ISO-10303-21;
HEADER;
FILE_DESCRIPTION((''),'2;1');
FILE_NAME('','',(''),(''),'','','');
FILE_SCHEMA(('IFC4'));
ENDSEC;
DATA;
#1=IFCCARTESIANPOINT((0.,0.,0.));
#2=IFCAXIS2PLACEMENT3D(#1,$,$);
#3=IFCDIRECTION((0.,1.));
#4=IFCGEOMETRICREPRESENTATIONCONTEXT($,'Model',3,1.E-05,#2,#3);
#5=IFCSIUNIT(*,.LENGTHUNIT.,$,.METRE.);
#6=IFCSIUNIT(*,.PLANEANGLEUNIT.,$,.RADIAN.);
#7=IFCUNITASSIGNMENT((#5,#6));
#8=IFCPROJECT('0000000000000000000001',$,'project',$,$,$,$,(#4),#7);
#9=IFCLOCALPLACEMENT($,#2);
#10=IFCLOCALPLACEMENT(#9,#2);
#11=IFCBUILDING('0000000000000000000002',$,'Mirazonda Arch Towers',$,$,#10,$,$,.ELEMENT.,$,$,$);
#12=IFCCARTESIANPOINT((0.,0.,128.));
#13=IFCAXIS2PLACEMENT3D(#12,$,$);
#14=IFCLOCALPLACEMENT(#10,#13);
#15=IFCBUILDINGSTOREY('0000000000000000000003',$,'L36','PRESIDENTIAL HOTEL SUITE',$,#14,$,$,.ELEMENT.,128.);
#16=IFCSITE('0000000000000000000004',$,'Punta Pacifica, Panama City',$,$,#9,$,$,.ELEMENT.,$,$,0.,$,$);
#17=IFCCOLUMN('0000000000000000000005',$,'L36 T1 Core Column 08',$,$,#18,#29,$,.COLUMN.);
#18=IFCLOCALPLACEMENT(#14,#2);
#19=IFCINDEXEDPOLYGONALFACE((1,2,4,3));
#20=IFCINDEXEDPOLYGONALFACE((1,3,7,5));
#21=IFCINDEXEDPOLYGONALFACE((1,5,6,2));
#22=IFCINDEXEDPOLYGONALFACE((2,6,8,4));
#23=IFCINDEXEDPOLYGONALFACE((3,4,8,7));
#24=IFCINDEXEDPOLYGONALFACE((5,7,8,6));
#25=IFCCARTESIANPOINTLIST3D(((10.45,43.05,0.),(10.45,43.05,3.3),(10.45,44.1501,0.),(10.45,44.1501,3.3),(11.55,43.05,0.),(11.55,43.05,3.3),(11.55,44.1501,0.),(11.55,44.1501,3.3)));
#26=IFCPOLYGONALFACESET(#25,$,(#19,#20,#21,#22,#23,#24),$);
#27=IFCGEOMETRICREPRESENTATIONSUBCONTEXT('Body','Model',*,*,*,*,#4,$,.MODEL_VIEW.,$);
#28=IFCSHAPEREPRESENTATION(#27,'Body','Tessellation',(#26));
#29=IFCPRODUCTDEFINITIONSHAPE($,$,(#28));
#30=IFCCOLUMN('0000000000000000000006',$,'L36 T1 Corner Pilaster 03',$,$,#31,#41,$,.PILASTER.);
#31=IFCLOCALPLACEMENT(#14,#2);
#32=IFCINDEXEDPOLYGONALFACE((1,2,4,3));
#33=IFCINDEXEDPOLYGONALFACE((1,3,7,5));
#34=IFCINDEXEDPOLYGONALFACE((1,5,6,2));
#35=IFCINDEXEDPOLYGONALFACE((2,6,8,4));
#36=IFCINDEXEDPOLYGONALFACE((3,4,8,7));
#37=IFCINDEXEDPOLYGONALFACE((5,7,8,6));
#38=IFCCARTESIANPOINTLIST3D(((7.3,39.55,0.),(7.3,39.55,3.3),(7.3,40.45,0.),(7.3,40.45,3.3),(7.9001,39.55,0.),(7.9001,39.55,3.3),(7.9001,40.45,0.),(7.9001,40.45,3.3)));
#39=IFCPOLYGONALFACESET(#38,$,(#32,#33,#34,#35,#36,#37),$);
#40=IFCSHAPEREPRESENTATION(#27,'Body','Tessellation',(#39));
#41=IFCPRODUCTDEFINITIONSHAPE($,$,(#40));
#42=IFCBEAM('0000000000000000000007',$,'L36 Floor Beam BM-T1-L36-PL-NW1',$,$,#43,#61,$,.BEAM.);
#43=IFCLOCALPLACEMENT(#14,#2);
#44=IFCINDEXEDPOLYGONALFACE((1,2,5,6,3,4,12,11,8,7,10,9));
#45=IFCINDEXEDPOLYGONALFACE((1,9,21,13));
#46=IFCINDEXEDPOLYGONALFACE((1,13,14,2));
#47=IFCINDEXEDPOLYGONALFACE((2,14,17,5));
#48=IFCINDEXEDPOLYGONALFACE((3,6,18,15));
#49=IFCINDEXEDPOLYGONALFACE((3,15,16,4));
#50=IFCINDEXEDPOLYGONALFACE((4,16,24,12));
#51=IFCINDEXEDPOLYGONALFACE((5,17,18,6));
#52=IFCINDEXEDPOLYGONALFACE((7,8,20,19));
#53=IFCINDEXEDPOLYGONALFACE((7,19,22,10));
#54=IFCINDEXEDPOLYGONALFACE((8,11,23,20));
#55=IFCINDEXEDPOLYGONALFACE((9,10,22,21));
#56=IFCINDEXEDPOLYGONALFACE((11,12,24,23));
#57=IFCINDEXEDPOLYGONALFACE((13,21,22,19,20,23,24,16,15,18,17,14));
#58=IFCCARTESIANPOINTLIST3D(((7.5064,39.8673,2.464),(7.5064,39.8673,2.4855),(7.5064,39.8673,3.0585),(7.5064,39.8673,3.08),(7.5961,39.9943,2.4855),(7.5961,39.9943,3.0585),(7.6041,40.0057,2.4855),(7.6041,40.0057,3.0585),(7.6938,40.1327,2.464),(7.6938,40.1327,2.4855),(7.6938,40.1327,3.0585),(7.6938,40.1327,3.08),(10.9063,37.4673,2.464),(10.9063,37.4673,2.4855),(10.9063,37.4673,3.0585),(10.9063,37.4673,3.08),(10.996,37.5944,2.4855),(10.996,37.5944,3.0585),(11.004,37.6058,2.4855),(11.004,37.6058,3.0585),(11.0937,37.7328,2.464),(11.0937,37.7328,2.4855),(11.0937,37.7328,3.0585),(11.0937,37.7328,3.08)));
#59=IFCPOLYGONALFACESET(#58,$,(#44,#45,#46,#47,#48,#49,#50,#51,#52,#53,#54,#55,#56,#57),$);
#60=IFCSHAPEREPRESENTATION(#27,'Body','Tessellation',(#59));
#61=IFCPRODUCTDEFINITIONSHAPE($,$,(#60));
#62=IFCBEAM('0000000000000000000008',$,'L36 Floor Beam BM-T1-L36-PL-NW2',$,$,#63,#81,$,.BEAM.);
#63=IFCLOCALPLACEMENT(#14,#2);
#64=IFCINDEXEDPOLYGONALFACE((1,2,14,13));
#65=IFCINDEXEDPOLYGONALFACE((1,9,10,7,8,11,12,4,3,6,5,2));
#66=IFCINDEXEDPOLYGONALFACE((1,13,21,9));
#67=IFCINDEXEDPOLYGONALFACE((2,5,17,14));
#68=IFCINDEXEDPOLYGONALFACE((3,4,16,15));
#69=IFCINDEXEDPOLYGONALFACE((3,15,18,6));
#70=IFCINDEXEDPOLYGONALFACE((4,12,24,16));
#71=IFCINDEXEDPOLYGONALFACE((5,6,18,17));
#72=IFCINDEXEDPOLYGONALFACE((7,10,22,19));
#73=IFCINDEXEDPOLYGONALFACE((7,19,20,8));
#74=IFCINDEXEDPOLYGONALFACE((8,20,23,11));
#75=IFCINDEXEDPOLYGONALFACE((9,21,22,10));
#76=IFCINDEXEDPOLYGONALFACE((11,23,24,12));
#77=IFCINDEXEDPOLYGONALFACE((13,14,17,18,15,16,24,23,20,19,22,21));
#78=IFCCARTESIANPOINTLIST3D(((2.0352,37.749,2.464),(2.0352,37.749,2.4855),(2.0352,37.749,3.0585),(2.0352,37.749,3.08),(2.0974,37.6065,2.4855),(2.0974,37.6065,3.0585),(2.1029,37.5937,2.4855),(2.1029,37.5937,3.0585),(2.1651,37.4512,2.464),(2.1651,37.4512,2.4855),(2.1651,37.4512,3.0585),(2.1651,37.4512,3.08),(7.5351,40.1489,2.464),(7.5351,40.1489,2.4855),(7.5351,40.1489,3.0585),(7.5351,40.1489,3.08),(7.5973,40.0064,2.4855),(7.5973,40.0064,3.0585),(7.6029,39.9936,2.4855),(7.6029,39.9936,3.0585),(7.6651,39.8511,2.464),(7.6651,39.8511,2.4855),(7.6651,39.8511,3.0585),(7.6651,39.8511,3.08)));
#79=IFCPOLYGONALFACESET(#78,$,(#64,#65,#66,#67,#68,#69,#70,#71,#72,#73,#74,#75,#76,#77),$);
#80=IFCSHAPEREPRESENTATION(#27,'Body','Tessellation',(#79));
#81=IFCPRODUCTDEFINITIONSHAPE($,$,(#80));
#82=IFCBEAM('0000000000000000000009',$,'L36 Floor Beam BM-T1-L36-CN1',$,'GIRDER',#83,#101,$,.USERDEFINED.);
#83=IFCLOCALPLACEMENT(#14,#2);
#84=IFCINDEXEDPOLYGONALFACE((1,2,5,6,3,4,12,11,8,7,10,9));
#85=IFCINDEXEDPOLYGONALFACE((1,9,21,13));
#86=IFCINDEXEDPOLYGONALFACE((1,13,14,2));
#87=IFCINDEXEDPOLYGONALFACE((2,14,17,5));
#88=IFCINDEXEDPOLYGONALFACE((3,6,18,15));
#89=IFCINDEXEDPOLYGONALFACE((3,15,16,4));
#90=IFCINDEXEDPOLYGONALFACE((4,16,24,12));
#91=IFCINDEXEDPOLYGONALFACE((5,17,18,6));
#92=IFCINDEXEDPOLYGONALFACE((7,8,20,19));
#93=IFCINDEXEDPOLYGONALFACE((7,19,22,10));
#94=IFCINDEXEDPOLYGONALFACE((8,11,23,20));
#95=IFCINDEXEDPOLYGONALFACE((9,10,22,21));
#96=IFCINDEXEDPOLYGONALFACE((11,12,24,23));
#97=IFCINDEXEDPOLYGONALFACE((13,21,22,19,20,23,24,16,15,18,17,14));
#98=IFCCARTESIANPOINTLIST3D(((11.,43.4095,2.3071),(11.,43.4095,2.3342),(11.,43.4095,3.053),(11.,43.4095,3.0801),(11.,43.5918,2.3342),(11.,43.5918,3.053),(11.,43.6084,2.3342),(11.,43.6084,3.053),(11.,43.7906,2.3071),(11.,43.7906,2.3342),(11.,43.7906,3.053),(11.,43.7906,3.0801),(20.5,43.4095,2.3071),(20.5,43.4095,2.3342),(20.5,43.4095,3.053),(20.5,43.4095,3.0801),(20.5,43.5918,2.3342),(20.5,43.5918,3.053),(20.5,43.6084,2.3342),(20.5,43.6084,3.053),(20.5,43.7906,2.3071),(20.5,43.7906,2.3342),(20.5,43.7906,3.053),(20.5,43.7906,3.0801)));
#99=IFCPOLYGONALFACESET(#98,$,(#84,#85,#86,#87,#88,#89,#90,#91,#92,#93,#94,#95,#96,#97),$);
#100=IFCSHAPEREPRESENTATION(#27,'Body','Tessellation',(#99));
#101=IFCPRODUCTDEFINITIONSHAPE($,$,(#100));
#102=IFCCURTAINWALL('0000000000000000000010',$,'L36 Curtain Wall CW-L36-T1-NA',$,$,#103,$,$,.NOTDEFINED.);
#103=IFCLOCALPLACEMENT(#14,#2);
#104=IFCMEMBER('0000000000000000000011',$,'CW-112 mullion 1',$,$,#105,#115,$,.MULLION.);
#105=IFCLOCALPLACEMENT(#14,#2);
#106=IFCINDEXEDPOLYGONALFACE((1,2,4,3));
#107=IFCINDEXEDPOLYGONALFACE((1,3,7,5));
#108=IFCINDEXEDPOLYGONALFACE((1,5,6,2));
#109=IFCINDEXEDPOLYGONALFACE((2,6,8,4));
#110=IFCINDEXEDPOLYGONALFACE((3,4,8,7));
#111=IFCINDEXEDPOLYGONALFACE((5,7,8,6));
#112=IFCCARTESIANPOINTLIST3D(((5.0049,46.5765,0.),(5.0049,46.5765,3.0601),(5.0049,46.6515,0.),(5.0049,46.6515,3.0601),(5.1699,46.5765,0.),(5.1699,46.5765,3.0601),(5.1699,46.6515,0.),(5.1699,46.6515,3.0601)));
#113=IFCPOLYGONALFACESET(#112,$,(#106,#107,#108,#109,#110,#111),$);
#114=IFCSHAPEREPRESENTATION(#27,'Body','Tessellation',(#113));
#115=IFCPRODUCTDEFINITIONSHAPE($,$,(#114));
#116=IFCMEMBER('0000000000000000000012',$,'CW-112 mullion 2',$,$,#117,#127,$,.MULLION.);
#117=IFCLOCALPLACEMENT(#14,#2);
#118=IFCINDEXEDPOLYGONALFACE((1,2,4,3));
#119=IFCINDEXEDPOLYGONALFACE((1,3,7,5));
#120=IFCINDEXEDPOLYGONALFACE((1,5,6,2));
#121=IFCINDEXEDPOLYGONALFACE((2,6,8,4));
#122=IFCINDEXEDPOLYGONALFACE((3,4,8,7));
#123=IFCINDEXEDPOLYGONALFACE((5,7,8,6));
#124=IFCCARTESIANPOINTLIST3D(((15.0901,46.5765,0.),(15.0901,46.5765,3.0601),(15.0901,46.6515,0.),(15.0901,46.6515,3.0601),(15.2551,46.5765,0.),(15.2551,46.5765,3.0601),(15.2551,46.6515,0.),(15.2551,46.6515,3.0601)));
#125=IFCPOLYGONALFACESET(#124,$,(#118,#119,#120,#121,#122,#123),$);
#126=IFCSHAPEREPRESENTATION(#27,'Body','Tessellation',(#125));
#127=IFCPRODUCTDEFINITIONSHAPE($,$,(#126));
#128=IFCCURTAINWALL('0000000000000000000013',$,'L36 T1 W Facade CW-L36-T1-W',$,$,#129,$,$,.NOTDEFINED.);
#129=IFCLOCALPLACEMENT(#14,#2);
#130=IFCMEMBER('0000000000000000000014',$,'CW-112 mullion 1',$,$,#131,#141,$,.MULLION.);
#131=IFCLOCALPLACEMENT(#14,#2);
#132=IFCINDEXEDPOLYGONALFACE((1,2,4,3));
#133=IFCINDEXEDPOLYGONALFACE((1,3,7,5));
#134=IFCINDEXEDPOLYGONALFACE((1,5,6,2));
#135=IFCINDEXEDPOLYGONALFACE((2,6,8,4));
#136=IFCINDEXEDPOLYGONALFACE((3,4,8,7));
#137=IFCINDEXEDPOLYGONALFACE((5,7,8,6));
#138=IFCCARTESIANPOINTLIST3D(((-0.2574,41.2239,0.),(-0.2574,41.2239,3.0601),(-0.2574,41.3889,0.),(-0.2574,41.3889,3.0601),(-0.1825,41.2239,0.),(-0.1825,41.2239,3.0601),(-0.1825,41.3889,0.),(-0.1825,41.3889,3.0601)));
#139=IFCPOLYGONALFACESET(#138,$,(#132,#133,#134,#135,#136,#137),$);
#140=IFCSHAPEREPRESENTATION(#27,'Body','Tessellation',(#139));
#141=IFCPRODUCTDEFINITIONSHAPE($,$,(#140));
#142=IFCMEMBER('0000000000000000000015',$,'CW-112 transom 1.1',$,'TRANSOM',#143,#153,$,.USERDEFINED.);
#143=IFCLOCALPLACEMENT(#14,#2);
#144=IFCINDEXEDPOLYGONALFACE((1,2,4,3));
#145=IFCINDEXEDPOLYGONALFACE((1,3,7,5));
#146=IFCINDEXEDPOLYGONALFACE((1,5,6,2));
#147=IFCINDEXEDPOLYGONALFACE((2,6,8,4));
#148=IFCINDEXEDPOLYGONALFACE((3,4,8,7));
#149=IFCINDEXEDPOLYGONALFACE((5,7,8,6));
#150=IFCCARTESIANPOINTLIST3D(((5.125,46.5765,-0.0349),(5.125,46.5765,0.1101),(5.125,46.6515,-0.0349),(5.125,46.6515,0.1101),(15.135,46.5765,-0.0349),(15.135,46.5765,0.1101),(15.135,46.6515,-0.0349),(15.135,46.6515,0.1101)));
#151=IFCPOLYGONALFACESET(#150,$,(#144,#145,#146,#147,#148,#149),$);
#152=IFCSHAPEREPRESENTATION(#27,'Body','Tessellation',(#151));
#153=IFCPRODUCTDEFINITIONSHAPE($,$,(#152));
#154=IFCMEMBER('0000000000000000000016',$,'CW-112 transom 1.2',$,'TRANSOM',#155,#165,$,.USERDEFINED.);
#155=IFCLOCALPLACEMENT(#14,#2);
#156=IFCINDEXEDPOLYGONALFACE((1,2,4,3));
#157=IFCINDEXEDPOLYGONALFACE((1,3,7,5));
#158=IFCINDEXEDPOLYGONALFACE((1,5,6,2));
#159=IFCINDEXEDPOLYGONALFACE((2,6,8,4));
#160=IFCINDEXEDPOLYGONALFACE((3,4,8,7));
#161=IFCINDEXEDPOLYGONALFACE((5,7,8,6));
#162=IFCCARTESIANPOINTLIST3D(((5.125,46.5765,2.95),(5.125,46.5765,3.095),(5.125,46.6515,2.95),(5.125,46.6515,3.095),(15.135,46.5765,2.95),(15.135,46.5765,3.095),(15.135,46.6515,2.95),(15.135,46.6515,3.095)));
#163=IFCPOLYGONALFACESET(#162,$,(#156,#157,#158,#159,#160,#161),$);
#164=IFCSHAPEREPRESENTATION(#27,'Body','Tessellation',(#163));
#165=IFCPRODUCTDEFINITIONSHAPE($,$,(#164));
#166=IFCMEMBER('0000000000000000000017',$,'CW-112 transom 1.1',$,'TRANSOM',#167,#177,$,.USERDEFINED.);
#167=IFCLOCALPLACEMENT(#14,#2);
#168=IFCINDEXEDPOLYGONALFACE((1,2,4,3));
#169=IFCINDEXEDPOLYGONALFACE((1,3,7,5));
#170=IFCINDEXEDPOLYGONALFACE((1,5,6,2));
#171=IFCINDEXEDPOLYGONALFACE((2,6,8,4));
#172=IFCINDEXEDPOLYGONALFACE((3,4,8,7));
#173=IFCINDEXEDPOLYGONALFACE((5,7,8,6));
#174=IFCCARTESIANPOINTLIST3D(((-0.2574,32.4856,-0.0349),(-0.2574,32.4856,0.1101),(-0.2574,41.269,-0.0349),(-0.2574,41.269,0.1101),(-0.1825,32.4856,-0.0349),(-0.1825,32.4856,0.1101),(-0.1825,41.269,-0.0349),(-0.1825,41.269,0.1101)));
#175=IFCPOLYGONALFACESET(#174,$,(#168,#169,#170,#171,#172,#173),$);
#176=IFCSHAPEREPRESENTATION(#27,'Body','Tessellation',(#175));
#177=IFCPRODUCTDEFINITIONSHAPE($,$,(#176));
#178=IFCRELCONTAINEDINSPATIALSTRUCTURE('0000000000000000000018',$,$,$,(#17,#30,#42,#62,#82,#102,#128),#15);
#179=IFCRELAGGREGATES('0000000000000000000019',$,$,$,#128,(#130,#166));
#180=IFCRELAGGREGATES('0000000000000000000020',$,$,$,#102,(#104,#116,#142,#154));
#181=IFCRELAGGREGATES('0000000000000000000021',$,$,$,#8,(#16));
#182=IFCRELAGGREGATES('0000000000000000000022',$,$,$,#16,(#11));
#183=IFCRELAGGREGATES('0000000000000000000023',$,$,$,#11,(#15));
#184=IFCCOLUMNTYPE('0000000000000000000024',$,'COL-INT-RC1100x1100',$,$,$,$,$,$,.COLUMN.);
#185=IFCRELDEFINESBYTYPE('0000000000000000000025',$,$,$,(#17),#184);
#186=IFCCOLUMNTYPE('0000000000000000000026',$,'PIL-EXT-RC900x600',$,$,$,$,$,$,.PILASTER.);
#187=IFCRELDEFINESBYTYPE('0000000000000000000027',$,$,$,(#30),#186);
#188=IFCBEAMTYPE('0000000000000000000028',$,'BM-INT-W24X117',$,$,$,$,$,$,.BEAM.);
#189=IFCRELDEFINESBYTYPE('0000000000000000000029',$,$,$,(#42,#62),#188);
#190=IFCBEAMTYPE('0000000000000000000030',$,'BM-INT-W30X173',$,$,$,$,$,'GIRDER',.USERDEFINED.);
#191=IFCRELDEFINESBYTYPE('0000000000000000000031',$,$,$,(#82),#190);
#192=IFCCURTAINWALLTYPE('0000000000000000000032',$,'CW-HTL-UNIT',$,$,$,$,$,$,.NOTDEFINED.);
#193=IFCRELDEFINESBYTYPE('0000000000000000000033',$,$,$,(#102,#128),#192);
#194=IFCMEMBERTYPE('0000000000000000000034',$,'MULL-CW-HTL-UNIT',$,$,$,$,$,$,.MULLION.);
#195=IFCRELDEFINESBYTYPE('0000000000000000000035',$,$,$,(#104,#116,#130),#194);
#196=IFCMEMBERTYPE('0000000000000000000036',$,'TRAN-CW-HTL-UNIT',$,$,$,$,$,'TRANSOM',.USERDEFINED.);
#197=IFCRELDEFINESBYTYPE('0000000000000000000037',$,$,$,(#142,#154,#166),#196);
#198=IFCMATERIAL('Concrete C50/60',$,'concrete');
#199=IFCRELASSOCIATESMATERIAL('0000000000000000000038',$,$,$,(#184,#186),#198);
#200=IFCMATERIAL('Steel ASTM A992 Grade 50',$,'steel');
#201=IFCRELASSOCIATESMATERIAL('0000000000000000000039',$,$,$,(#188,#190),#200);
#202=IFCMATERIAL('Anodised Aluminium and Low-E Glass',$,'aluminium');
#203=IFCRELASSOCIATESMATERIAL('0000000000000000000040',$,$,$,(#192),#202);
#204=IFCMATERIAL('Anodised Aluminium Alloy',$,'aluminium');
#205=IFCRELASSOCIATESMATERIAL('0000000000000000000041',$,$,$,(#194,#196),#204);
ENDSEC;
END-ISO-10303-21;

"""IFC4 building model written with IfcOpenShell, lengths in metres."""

from ifc_helpers import new_model, si_unit, direction, frame, origin, origin_2d, place, context, subcontext, project, spatial, rectangle, i_section, extrude, material, material_profile, profile_set, type_object, element, aggregate, save


model = new_model("IFC4")

# Units and contexts
model_context = context("Model", 3, precision=1e-05, world=origin(), true_north=direction((0.0, 1.0)))
body_context = subcontext(model_context, "Body", "Model", "MODEL_VIEW")
ifc_project = project(units=[si_unit("LENGTHUNIT", "METRE"), si_unit("PLANEANGLEUNIT", "RADIAN")], contexts=[model_context])

# Site, building, storey
site_placement = place(None, origin())
site = spatial("IfcSite", under=ifc_project, at=site_placement, Name="Punta Pacifica, Panama City", CompositionType="ELEMENT", RefElevation=0.0)
building_placement = place(site_placement, origin())
building = spatial("IfcBuilding", under=site, at=building_placement, Name="Mirazonda Arch Towers", CompositionType="ELEMENT")
storey_placement = place(building_placement, frame((0.0, 0.0, 128.0)))
storey = spatial("IfcBuildingStorey", under=building, at=storey_placement, Name="L36", Description="PRESIDENTIAL HOTEL SUITE", CompositionType="ELEMENT", Elevation=128.0)

# Columns
ifc_material_1 = material(Name="Concrete C50/60", Category="concrete")
ifc_material_profile_1 = material_profile(ifc_material_1, rectangle(XDim=1.1001, YDim=1.1001, at=origin_2d()), Name="RC1100x1100")
ifc_profile_set_1 = profile_set([ifc_material_profile_1], Name="Concrete C50/60")
column_type_1 = type_object("IfcColumnType", Name="COL-INT-RC1100x1100", PredefinedType="COLUMN", material=ifc_profile_set_1)
column_1_placement = place(storey_placement, frame((11.0, 43.6001, 0.0), z_axis=(0.0, 0.0, 1.0), x_axis=(1.0, 0.0, 0.0)))
element("IfcColumn", 1, at=column_1_placement, inside=storey, type_object=column_type_1, Name="L36 T1 Core Column 08", PredefinedType="COLUMN", context=body_context, shape_type="SweptSolid", body=[
    extrude(rectangle(XDim=1.1001, YDim=1.1001, at=origin_2d()), origin(), (0.0, 0.0, 1.0), 3.3),
])
ifc_material_profile_2 = material_profile(ifc_material_1, rectangle(XDim=0.6001, YDim=0.8999, at=origin_2d()), Name="RC900x600")
ifc_profile_set_2 = profile_set([ifc_material_profile_2], Name="Concrete C50/60")
column_type_2 = type_object("IfcColumnType", Name="PIL-EXT-RC900x600", PredefinedType="PILASTER", material=ifc_profile_set_2)
column_2_placement = place(storey_placement, frame((7.6001, 40.0, 0.0), z_axis=(0.0, 0.0, 1.0), x_axis=(1.0, 0.0, 0.0)))
element("IfcColumn", 2, at=column_2_placement, inside=storey, type_object=column_type_2, Name="L36 T1 Corner Pilaster 03", PredefinedType="PILASTER", context=body_context, shape_type="SweptSolid", body=[
    extrude(rectangle(XDim=0.6001, YDim=0.8999, at=origin_2d()), origin(), (0.0, 0.0, 1.0), 3.3),
])

# Beams
ifc_material_2 = material(Name="Steel ASTM A992 Grade 50", Category="steel")
ifc_material_profile_3 = material_profile(ifc_material_2, i_section(OverallWidth=0.325, OverallDepth=0.616, WebThickness=0.0139, FlangeThickness=0.0215, at=origin_2d()), Name="W24X117")
ifc_profile_set_3 = profile_set([ifc_material_profile_3], Name="Steel ASTM A992 Grade 50")
beam_type_1 = type_object("IfcBeamType", Name="BM-INT-W24X117", PredefinedType="BEAM", material=ifc_profile_set_3)
beam_1_placement = place(storey_placement, frame((7.6001, 40.0, 2.772), z_axis=(0.816971, -0.576679, 0.0), x_axis=(0.576679, 0.816971, 0.0)))
element("IfcBeam", 3, at=beam_1_placement, inside=storey, type_object=beam_type_1, Name="L36 Floor Beam BM-T1-L36-PL-NW1", PredefinedType="BEAM", context=body_context, shape_type="SweptSolid", body=[
    extrude(i_section(OverallWidth=0.325, OverallDepth=0.616, WebThickness=0.0139, FlangeThickness=0.0215, at=origin_2d()), origin(), (0.0, 0.0, 1.0), 4.1616),
])
beam_2_placement = place(storey_placement, frame((7.6001, 40.0, 2.772), z_axis=(-0.916545, -0.399931, 0.0), x_axis=(0.399931, -0.916545, 0.0)))
element("IfcBeam", 4, at=beam_2_placement, inside=storey, type_object=beam_type_1, Name="L36 Floor Beam BM-T1-L36-PL-NW2", PredefinedType="BEAM", context=body_context, shape_type="SweptSolid", body=[
    extrude(i_section(OverallWidth=0.325, OverallDepth=0.616, WebThickness=0.0139, FlangeThickness=0.0215, at=origin_2d()), origin(), (0.0, 0.0, 1.0), 6.0007),
])
ifc_material_profile_4 = material_profile(ifc_material_2, i_section(OverallWidth=0.3811, OverallDepth=0.7729, WebThickness=0.0166, FlangeThickness=0.0271, at=origin_2d()), Name="W30X173")
ifc_profile_set_4 = profile_set([ifc_material_profile_4], Name="Steel ASTM A992 Grade 50")
beam_type_2 = type_object("IfcBeamType", Name="BM-INT-W30X173", ElementType="GIRDER", PredefinedType="USERDEFINED", material=ifc_profile_set_4)
beam_3_placement = place(storey_placement, frame((11.0, 43.6001, 2.6936), z_axis=(1.0, 0.0, 0.0), x_axis=(0.0, 1.0, 0.0)))
element("IfcBeam", 5, at=beam_3_placement, inside=storey, type_object=beam_type_2, Name="L36 Floor Beam BM-T1-L36-CN1", ObjectType="GIRDER", PredefinedType="USERDEFINED", context=body_context, shape_type="SweptSolid", body=[
    extrude(i_section(OverallWidth=0.3811, OverallDepth=0.7729, WebThickness=0.0166, FlangeThickness=0.0271, at=origin_2d()), origin(), (0.0, 0.0, 1.0), 9.5),
])

# Curtain wall, members
ifc_material_3 = material(Name="Anodised Aluminium and Low-E Glass", Category="aluminium")
curtain_wall_type = type_object("IfcCurtainWallType", Name="CW-HTL-UNIT", PredefinedType="NOTDEFINED", material=ifc_material_3)
curtain_wall_1_placement = place(storey_placement, origin())
curtain_wall_1 = element("IfcCurtainWall", 6, at=curtain_wall_1_placement, inside=storey, type_object=curtain_wall_type, Name="L36 Curtain Wall CW-L36-T1-NA", PredefinedType="NOTDEFINED")
ifc_material_4 = material(Name="Anodised Aluminium Alloy", Category="aluminium")
ifc_material_profile_5 = material_profile(ifc_material_4, rectangle(XDim=0.075, YDim=0.165, at=origin_2d()), Name="ALU-MULL-75x165")
ifc_profile_set_5 = profile_set([ifc_material_profile_5], Name="Anodised Aluminium Alloy")
member_type_1 = type_object("IfcMemberType", Name="MULL-CW-HTL-UNIT", PredefinedType="MULLION", material=ifc_profile_set_5)
member_1_placement = place(storey_placement, frame((5.0874, 46.614, 0.0), z_axis=(0.0, 0.0, 1.0), x_axis=(0.0, 1.0, 0.0)))
member_1 = element("IfcMember", 7, at=member_1_placement, type_object=member_type_1, Name="CW-112 mullion 1", PredefinedType="MULLION", context=body_context, shape_type="SweptSolid", body=[
    extrude(rectangle(XDim=0.075, YDim=0.165, at=origin_2d()), origin(), (0.0, 0.0, 1.0), 3.0601),
])
member_2_placement = place(storey_placement, frame((15.1726, 46.614, 0.0), z_axis=(0.0, 0.0, 1.0), x_axis=(0.0, 1.0, 0.0)))
member_2 = element("IfcMember", 8, at=member_2_placement, type_object=member_type_1, Name="CW-112 mullion 2", PredefinedType="MULLION", context=body_context, shape_type="SweptSolid", body=[
    extrude(rectangle(XDim=0.075, YDim=0.165, at=origin_2d()), origin(), (0.0, 0.0, 1.0), 3.0601),
])

# Curtain wall, member
curtain_wall_2_placement = place(storey_placement, origin())
curtain_wall_2 = element("IfcCurtainWall", 9, at=curtain_wall_2_placement, inside=storey, type_object=curtain_wall_type, Name="L36 T1 W Facade CW-L36-T1-W", PredefinedType="NOTDEFINED")
member_3_placement = place(storey_placement, frame((-0.22, 41.3064, 0.0), z_axis=(0.0, 0.0, 1.0), x_axis=(1.0, 0.0, 0.0)))
member_3 = element("IfcMember", 10, at=member_3_placement, type_object=member_type_1, Name="CW-112 mullion 1", PredefinedType="MULLION", context=body_context, shape_type="SweptSolid", body=[
    extrude(rectangle(XDim=0.075, YDim=0.165, at=origin_2d()), origin(), (0.0, 0.0, 1.0), 3.0601),
])

# Members
ifc_material_profile_6 = material_profile(ifc_material_4, rectangle(XDim=0.075, YDim=0.145, at=origin_2d()), Name="ALU-TRAN-75x145")
ifc_profile_set_6 = profile_set([ifc_material_profile_6], Name="Anodised Aluminium Alloy")
member_type_2 = type_object("IfcMemberType", Name="TRAN-CW-HTL-UNIT", ElementType="TRANSOM", PredefinedType="USERDEFINED", material=ifc_profile_set_6)
member_4_placement = place(storey_placement, frame((5.125, 46.614, 0.0376), z_axis=(1.0, 0.0, 0.0), x_axis=(0.0, 1.0, 0.0)))
member_4 = element("IfcMember", 11, at=member_4_placement, type_object=member_type_2, Name="CW-112 transom 1.1", ObjectType="TRANSOM", PredefinedType="USERDEFINED", context=body_context, shape_type="SweptSolid", body=[
    extrude(rectangle(XDim=0.075, YDim=0.145, at=origin_2d()), origin(), (0.0, 0.0, 1.0), 10.01),
])
member_5_placement = place(storey_placement, frame((5.125, 46.614, 3.0225), z_axis=(1.0, 0.0, 0.0), x_axis=(0.0, 1.0, 0.0)))
member_5 = element("IfcMember", 12, at=member_5_placement, type_object=member_type_2, Name="CW-112 transom 1.2", ObjectType="TRANSOM", PredefinedType="USERDEFINED", context=body_context, shape_type="SweptSolid", body=[
    extrude(rectangle(XDim=0.075, YDim=0.145, at=origin_2d()), origin(), (0.0, 0.0, 1.0), 10.01),
])
member_6_placement = place(storey_placement, frame((-0.22, 41.269, 0.0376), z_axis=(0.0, -1.0, 0.0), x_axis=(1.0, 0.0, 0.0)))
member_6 = element("IfcMember", 13, at=member_6_placement, type_object=member_type_2, Name="CW-112 transom 1.1", ObjectType="TRANSOM", PredefinedType="USERDEFINED", context=body_context, shape_type="SweptSolid", body=[
    extrude(rectangle(XDim=0.075, YDim=0.145, at=origin_2d()), origin(), (0.0, 0.0, 1.0), 8.7834),
])
aggregate(curtain_wall_2, [member_3, member_6])

aggregate(curtain_wall_1, [member_1, member_2, member_4, member_5])

save(model, "model.ifc")
